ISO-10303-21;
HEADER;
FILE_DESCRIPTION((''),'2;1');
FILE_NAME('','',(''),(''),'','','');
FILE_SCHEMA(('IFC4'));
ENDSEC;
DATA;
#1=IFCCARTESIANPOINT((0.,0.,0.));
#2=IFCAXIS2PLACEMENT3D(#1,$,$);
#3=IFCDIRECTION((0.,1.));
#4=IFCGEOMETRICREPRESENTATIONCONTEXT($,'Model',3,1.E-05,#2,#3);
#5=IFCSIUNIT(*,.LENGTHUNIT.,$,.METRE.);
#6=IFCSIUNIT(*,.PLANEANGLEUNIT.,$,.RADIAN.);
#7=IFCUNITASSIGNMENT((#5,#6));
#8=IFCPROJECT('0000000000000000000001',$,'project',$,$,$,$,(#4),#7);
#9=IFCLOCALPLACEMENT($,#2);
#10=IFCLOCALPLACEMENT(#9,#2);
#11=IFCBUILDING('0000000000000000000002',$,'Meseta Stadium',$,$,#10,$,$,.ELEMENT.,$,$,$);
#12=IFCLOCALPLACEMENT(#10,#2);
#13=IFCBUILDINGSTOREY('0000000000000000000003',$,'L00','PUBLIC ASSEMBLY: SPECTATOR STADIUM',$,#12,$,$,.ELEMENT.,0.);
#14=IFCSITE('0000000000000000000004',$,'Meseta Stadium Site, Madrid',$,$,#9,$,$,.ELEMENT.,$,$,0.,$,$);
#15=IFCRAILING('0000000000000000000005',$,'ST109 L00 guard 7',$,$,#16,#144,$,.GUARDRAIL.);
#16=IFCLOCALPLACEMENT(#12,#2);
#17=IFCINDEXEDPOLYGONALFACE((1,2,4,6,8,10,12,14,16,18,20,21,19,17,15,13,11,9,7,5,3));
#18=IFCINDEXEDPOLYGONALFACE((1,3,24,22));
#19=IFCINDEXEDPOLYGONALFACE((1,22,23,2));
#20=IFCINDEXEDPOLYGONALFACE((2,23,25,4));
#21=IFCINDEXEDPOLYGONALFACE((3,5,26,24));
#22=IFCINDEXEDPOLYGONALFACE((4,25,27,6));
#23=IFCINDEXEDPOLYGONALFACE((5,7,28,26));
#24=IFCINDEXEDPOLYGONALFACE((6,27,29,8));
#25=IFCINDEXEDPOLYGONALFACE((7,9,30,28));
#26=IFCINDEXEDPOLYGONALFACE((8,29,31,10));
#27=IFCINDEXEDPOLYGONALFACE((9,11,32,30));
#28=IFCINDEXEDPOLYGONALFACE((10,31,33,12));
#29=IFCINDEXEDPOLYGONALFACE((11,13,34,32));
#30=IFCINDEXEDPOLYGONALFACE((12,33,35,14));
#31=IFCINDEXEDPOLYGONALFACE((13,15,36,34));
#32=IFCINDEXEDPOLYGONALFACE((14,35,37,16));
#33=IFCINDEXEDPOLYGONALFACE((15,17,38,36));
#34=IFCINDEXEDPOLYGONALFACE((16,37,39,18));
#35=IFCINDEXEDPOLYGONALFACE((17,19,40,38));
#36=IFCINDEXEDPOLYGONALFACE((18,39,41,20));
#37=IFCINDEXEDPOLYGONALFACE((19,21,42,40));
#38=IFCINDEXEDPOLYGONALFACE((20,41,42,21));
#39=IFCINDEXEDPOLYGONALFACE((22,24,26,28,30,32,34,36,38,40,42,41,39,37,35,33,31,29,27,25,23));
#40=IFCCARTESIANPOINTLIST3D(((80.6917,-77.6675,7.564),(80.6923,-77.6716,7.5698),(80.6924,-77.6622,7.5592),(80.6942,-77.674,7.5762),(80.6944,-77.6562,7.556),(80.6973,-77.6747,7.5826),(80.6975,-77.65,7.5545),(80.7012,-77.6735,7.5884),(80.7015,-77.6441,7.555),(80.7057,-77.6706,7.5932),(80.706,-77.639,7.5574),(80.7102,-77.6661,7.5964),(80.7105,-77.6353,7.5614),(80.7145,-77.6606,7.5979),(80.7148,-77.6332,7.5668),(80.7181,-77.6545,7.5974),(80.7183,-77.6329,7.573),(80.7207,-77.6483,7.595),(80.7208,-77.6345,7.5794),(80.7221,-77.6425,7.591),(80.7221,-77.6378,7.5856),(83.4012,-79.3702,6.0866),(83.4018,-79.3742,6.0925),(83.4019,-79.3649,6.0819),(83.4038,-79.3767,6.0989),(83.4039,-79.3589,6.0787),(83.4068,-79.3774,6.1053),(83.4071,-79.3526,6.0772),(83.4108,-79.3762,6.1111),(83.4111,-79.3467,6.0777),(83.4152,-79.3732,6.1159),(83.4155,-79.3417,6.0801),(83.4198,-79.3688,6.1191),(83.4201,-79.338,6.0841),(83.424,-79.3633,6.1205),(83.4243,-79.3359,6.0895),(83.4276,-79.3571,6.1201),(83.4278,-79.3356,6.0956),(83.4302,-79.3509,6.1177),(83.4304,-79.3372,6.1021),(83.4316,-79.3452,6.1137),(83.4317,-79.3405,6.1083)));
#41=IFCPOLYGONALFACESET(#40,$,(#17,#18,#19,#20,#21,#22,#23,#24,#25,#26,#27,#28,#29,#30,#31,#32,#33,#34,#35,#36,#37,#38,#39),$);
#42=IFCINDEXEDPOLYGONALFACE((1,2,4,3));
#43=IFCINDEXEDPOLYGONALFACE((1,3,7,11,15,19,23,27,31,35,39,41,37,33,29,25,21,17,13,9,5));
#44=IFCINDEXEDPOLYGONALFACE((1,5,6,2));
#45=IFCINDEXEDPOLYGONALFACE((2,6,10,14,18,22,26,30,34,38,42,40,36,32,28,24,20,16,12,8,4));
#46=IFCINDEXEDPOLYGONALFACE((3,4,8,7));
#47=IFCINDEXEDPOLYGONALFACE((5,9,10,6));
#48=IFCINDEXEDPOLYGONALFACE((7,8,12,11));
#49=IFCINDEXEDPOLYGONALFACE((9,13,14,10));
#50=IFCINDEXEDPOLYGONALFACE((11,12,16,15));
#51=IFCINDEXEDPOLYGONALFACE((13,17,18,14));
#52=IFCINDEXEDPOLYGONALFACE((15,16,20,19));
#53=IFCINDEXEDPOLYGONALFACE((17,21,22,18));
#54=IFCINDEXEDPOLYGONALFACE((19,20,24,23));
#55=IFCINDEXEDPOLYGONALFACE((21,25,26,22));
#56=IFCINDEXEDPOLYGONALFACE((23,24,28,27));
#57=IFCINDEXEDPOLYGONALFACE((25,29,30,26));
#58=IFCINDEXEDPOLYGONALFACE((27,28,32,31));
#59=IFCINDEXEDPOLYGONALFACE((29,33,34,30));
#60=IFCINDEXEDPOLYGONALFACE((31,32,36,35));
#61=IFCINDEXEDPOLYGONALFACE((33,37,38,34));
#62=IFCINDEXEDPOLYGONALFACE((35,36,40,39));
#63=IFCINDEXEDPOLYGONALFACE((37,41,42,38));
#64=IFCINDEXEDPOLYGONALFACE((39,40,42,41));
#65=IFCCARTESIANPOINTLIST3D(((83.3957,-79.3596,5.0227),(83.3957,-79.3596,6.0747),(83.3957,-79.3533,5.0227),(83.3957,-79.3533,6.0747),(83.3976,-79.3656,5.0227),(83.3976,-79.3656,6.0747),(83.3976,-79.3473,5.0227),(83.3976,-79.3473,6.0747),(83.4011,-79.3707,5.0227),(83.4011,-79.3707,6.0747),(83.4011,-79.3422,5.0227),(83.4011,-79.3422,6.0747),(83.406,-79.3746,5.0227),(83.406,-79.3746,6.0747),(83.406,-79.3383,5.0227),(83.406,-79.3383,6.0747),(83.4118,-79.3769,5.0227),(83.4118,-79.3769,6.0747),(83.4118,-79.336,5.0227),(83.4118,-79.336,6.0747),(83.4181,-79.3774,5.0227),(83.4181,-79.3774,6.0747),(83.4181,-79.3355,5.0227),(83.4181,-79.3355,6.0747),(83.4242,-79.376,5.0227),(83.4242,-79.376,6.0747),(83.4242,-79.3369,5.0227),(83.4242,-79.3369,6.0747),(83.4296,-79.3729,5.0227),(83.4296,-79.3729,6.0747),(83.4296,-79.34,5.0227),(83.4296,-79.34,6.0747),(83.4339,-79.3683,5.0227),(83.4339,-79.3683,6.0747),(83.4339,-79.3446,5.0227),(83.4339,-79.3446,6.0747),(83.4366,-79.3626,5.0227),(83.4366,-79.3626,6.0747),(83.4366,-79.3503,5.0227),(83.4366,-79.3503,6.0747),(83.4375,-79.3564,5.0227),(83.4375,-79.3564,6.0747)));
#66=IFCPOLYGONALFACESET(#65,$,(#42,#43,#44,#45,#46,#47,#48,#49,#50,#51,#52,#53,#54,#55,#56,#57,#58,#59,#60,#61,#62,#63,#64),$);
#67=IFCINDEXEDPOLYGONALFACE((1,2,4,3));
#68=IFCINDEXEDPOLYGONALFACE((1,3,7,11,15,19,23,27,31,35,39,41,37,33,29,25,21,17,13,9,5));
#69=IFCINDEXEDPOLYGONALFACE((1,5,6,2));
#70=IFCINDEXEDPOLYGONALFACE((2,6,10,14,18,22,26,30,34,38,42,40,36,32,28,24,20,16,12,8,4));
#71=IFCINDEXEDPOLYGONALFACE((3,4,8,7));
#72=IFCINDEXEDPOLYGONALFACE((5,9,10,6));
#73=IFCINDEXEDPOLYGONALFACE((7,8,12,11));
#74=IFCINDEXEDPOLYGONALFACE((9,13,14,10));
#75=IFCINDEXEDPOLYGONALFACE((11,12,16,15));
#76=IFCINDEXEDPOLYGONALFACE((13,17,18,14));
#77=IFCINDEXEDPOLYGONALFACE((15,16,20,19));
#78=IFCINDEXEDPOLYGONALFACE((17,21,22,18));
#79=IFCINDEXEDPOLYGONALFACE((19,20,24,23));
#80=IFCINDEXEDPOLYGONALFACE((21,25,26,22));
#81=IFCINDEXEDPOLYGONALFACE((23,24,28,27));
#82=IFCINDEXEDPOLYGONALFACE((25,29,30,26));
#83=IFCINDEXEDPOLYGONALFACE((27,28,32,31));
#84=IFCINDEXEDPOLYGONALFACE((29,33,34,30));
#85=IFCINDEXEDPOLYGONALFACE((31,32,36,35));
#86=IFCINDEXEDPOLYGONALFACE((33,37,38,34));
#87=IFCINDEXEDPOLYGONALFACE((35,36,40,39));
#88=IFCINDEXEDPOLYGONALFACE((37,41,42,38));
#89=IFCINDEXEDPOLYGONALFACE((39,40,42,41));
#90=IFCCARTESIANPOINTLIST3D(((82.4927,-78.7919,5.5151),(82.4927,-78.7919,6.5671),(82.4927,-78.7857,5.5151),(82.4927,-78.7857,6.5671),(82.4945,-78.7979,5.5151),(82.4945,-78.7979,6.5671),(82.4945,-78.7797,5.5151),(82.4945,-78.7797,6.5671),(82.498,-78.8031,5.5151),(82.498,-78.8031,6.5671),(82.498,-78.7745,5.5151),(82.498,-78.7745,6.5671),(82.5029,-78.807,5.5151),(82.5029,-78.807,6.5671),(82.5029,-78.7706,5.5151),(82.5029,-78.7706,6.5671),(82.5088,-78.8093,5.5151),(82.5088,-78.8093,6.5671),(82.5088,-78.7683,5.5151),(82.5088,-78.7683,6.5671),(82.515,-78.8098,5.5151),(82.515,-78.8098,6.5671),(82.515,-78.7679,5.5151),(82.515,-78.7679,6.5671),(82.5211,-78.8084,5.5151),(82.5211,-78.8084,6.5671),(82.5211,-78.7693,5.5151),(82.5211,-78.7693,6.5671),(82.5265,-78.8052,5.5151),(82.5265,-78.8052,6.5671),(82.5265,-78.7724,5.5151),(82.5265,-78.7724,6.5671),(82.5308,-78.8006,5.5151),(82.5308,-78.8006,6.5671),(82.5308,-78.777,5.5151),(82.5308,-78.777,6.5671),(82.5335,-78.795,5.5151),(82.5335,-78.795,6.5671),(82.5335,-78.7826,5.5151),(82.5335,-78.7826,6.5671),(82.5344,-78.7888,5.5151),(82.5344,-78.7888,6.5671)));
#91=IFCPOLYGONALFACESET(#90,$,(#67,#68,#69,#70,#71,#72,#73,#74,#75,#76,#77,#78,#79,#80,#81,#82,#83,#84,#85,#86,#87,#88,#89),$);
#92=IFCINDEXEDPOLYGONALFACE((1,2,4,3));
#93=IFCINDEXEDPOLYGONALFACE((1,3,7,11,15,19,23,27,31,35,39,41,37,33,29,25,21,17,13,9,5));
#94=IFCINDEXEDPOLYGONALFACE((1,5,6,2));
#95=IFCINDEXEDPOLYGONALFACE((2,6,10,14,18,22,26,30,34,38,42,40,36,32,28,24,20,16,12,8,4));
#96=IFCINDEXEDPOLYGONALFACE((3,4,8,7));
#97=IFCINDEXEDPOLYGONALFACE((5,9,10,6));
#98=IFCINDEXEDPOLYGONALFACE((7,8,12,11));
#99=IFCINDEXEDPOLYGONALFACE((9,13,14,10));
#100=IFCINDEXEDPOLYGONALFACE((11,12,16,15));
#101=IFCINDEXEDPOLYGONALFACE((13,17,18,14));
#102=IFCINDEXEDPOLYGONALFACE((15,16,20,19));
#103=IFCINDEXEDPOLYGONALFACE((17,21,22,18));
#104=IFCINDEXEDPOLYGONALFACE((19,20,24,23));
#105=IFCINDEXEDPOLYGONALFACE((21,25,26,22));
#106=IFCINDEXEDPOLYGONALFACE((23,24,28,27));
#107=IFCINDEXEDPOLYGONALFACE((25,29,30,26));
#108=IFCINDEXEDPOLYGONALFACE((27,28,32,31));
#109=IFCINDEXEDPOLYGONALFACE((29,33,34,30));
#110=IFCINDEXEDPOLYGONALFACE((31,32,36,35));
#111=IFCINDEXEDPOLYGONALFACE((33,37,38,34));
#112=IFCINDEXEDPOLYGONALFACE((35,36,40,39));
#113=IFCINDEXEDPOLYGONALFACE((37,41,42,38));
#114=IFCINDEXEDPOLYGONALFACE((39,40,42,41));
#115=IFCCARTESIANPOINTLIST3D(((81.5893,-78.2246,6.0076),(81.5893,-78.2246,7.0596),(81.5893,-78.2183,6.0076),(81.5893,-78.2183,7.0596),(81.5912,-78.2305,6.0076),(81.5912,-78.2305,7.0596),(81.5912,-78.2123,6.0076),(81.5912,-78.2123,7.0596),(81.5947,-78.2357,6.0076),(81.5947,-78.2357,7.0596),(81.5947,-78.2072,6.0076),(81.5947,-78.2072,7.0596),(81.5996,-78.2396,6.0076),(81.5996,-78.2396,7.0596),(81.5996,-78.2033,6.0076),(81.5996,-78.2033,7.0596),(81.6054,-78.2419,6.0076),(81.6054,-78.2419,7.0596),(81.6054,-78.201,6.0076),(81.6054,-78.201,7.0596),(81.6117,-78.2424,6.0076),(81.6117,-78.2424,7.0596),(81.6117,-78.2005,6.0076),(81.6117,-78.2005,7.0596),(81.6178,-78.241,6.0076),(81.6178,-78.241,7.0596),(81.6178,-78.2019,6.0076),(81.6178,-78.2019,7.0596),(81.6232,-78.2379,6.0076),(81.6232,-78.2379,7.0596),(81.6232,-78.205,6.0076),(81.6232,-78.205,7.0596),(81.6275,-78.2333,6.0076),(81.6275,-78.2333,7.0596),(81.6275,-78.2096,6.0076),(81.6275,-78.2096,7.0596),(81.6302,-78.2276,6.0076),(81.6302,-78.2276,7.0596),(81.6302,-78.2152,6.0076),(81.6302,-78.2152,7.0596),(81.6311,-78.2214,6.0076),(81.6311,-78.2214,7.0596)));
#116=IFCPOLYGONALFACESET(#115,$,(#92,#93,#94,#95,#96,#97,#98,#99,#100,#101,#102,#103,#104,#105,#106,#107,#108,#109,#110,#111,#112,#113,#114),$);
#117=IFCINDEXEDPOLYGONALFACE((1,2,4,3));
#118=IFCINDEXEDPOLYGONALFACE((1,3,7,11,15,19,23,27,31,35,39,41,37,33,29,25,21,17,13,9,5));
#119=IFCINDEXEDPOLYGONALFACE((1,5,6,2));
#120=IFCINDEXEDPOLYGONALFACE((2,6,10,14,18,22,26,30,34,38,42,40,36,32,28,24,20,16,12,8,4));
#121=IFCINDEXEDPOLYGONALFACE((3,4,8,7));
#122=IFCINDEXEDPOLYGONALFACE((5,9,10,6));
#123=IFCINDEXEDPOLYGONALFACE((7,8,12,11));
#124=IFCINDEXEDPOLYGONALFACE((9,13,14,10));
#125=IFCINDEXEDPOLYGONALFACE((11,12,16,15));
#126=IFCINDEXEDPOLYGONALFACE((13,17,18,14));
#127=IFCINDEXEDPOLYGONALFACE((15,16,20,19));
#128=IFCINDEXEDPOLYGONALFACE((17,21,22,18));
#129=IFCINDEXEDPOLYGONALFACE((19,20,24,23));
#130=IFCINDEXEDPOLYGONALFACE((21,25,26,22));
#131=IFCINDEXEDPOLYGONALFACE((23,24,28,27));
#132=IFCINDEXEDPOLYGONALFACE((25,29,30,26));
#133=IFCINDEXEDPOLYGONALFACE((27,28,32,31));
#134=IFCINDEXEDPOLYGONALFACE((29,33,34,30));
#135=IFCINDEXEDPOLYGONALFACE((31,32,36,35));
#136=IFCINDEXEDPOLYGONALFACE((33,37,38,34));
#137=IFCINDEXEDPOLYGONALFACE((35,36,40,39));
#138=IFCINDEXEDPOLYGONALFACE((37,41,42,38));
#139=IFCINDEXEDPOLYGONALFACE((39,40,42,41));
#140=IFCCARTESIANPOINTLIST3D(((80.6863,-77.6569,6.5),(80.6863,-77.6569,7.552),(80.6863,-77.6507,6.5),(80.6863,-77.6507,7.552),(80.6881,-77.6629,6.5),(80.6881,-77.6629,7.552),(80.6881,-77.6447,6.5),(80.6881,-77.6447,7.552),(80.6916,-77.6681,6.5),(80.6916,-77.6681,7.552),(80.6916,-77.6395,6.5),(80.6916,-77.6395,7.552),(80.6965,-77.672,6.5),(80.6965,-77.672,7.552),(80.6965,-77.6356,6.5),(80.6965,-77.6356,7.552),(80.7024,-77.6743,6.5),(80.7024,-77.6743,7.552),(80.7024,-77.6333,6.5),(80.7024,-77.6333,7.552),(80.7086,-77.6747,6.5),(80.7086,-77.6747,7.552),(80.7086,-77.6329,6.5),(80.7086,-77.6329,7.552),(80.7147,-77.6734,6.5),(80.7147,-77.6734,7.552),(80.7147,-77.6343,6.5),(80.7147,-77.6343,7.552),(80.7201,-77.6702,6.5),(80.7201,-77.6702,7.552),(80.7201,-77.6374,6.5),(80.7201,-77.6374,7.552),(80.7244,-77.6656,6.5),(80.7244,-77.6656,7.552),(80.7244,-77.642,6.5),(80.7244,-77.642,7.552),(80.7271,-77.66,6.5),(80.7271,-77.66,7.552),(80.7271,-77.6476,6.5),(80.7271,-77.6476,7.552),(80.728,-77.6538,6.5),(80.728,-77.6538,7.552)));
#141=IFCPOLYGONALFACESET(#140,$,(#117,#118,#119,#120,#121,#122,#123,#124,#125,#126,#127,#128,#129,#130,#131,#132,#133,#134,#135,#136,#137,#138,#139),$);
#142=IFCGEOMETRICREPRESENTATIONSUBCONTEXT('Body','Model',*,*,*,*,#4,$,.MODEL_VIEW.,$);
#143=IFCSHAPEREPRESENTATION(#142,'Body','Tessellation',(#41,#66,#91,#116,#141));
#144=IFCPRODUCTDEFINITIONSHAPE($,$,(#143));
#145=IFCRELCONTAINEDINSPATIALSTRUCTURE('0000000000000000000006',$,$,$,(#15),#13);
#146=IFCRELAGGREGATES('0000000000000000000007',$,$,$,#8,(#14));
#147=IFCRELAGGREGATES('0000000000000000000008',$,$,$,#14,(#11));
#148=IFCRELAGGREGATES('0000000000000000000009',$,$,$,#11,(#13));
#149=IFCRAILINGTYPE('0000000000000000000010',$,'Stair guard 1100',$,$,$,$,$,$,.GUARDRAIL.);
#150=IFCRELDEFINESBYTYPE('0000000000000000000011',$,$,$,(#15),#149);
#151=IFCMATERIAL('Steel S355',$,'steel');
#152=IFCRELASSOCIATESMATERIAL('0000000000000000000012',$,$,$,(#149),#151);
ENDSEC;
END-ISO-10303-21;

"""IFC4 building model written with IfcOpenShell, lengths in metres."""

from ifc_helpers import new_model, si_unit, direction, frame, origin, origin_2d, place, context, subcontext, project, spatial, circle, extrude, material, type_object, element, save


model = new_model("IFC4")

# Units and contexts
model_context = context("Model", 3, precision=1e-05, world=origin(), true_north=direction((0.0, 1.0)))
body_context = subcontext(model_context, "Body", "Model", "MODEL_VIEW")
ifc_project = project(units=[si_unit("LENGTHUNIT", "METRE"), si_unit("PLANEANGLEUNIT", "RADIAN")], contexts=[model_context])

# Site, building, storey
site_placement = place(None, origin())
site = spatial("IfcSite", under=ifc_project, at=site_placement, Name="Meseta Stadium Site, Madrid", CompositionType="ELEMENT", RefElevation=0.0)
building_placement = place(site_placement, origin())
building = spatial("IfcBuilding", under=site, at=building_placement, Name="Meseta Stadium", CompositionType="ELEMENT")
storey_placement = place(building_placement, origin())
storey = spatial("IfcBuildingStorey", under=building, at=storey_placement, Name="L00", Description="PUBLIC ASSEMBLY: SPECTATOR STADIUM", CompositionType="ELEMENT", Elevation=0.0)

# Railing
ifc_material_1 = material(Name="Steel S355", Category="steel")
railing_type_1 = type_object("IfcRailingType", Name="Stair guard 1100", PredefinedType="GUARDRAIL", material=ifc_material_1)
railing_1_placement = place(storey_placement, frame((83.4165, -79.3564, 5.0227)))
element("IfcRailing", 1, at=railing_1_placement, inside=storey, type_object=railing_type_1, Name="ST109 L00 guard 7", PredefinedType="GUARDRAIL", context=body_context, shape_type="SweptSolid", body=[
    extrude(circle(Radius=0.0239, at=origin_2d()), frame((0.0, 0.0, 1.0762), z_axis=(-0.768738, 0.483076, 0.419142), x_axis=(-0.532068, -0.846701, 0.0)), (0.0, 0.0, 1.0), 3.5247),
    extrude(circle(Radius=0.021, at=origin_2d()), origin(), (0.0, 0.0, 1.0), 1.052),
    extrude(circle(Radius=0.021, at=origin_2d()), frame((-0.9031, 0.5676, 0.4924)), (0.0, 0.0, 1.0), 1.052),
    extrude(circle(Radius=0.021, at=origin_2d()), frame((-1.8064, 1.135, 0.9849)), (0.0, 0.0, 1.0), 1.052),
    extrude(circle(Radius=0.021, at=origin_2d()), frame((-2.7095, 1.7026, 1.4773)), (0.0, 0.0, 1.0), 1.052),
])

save(model, "model.ifc")
